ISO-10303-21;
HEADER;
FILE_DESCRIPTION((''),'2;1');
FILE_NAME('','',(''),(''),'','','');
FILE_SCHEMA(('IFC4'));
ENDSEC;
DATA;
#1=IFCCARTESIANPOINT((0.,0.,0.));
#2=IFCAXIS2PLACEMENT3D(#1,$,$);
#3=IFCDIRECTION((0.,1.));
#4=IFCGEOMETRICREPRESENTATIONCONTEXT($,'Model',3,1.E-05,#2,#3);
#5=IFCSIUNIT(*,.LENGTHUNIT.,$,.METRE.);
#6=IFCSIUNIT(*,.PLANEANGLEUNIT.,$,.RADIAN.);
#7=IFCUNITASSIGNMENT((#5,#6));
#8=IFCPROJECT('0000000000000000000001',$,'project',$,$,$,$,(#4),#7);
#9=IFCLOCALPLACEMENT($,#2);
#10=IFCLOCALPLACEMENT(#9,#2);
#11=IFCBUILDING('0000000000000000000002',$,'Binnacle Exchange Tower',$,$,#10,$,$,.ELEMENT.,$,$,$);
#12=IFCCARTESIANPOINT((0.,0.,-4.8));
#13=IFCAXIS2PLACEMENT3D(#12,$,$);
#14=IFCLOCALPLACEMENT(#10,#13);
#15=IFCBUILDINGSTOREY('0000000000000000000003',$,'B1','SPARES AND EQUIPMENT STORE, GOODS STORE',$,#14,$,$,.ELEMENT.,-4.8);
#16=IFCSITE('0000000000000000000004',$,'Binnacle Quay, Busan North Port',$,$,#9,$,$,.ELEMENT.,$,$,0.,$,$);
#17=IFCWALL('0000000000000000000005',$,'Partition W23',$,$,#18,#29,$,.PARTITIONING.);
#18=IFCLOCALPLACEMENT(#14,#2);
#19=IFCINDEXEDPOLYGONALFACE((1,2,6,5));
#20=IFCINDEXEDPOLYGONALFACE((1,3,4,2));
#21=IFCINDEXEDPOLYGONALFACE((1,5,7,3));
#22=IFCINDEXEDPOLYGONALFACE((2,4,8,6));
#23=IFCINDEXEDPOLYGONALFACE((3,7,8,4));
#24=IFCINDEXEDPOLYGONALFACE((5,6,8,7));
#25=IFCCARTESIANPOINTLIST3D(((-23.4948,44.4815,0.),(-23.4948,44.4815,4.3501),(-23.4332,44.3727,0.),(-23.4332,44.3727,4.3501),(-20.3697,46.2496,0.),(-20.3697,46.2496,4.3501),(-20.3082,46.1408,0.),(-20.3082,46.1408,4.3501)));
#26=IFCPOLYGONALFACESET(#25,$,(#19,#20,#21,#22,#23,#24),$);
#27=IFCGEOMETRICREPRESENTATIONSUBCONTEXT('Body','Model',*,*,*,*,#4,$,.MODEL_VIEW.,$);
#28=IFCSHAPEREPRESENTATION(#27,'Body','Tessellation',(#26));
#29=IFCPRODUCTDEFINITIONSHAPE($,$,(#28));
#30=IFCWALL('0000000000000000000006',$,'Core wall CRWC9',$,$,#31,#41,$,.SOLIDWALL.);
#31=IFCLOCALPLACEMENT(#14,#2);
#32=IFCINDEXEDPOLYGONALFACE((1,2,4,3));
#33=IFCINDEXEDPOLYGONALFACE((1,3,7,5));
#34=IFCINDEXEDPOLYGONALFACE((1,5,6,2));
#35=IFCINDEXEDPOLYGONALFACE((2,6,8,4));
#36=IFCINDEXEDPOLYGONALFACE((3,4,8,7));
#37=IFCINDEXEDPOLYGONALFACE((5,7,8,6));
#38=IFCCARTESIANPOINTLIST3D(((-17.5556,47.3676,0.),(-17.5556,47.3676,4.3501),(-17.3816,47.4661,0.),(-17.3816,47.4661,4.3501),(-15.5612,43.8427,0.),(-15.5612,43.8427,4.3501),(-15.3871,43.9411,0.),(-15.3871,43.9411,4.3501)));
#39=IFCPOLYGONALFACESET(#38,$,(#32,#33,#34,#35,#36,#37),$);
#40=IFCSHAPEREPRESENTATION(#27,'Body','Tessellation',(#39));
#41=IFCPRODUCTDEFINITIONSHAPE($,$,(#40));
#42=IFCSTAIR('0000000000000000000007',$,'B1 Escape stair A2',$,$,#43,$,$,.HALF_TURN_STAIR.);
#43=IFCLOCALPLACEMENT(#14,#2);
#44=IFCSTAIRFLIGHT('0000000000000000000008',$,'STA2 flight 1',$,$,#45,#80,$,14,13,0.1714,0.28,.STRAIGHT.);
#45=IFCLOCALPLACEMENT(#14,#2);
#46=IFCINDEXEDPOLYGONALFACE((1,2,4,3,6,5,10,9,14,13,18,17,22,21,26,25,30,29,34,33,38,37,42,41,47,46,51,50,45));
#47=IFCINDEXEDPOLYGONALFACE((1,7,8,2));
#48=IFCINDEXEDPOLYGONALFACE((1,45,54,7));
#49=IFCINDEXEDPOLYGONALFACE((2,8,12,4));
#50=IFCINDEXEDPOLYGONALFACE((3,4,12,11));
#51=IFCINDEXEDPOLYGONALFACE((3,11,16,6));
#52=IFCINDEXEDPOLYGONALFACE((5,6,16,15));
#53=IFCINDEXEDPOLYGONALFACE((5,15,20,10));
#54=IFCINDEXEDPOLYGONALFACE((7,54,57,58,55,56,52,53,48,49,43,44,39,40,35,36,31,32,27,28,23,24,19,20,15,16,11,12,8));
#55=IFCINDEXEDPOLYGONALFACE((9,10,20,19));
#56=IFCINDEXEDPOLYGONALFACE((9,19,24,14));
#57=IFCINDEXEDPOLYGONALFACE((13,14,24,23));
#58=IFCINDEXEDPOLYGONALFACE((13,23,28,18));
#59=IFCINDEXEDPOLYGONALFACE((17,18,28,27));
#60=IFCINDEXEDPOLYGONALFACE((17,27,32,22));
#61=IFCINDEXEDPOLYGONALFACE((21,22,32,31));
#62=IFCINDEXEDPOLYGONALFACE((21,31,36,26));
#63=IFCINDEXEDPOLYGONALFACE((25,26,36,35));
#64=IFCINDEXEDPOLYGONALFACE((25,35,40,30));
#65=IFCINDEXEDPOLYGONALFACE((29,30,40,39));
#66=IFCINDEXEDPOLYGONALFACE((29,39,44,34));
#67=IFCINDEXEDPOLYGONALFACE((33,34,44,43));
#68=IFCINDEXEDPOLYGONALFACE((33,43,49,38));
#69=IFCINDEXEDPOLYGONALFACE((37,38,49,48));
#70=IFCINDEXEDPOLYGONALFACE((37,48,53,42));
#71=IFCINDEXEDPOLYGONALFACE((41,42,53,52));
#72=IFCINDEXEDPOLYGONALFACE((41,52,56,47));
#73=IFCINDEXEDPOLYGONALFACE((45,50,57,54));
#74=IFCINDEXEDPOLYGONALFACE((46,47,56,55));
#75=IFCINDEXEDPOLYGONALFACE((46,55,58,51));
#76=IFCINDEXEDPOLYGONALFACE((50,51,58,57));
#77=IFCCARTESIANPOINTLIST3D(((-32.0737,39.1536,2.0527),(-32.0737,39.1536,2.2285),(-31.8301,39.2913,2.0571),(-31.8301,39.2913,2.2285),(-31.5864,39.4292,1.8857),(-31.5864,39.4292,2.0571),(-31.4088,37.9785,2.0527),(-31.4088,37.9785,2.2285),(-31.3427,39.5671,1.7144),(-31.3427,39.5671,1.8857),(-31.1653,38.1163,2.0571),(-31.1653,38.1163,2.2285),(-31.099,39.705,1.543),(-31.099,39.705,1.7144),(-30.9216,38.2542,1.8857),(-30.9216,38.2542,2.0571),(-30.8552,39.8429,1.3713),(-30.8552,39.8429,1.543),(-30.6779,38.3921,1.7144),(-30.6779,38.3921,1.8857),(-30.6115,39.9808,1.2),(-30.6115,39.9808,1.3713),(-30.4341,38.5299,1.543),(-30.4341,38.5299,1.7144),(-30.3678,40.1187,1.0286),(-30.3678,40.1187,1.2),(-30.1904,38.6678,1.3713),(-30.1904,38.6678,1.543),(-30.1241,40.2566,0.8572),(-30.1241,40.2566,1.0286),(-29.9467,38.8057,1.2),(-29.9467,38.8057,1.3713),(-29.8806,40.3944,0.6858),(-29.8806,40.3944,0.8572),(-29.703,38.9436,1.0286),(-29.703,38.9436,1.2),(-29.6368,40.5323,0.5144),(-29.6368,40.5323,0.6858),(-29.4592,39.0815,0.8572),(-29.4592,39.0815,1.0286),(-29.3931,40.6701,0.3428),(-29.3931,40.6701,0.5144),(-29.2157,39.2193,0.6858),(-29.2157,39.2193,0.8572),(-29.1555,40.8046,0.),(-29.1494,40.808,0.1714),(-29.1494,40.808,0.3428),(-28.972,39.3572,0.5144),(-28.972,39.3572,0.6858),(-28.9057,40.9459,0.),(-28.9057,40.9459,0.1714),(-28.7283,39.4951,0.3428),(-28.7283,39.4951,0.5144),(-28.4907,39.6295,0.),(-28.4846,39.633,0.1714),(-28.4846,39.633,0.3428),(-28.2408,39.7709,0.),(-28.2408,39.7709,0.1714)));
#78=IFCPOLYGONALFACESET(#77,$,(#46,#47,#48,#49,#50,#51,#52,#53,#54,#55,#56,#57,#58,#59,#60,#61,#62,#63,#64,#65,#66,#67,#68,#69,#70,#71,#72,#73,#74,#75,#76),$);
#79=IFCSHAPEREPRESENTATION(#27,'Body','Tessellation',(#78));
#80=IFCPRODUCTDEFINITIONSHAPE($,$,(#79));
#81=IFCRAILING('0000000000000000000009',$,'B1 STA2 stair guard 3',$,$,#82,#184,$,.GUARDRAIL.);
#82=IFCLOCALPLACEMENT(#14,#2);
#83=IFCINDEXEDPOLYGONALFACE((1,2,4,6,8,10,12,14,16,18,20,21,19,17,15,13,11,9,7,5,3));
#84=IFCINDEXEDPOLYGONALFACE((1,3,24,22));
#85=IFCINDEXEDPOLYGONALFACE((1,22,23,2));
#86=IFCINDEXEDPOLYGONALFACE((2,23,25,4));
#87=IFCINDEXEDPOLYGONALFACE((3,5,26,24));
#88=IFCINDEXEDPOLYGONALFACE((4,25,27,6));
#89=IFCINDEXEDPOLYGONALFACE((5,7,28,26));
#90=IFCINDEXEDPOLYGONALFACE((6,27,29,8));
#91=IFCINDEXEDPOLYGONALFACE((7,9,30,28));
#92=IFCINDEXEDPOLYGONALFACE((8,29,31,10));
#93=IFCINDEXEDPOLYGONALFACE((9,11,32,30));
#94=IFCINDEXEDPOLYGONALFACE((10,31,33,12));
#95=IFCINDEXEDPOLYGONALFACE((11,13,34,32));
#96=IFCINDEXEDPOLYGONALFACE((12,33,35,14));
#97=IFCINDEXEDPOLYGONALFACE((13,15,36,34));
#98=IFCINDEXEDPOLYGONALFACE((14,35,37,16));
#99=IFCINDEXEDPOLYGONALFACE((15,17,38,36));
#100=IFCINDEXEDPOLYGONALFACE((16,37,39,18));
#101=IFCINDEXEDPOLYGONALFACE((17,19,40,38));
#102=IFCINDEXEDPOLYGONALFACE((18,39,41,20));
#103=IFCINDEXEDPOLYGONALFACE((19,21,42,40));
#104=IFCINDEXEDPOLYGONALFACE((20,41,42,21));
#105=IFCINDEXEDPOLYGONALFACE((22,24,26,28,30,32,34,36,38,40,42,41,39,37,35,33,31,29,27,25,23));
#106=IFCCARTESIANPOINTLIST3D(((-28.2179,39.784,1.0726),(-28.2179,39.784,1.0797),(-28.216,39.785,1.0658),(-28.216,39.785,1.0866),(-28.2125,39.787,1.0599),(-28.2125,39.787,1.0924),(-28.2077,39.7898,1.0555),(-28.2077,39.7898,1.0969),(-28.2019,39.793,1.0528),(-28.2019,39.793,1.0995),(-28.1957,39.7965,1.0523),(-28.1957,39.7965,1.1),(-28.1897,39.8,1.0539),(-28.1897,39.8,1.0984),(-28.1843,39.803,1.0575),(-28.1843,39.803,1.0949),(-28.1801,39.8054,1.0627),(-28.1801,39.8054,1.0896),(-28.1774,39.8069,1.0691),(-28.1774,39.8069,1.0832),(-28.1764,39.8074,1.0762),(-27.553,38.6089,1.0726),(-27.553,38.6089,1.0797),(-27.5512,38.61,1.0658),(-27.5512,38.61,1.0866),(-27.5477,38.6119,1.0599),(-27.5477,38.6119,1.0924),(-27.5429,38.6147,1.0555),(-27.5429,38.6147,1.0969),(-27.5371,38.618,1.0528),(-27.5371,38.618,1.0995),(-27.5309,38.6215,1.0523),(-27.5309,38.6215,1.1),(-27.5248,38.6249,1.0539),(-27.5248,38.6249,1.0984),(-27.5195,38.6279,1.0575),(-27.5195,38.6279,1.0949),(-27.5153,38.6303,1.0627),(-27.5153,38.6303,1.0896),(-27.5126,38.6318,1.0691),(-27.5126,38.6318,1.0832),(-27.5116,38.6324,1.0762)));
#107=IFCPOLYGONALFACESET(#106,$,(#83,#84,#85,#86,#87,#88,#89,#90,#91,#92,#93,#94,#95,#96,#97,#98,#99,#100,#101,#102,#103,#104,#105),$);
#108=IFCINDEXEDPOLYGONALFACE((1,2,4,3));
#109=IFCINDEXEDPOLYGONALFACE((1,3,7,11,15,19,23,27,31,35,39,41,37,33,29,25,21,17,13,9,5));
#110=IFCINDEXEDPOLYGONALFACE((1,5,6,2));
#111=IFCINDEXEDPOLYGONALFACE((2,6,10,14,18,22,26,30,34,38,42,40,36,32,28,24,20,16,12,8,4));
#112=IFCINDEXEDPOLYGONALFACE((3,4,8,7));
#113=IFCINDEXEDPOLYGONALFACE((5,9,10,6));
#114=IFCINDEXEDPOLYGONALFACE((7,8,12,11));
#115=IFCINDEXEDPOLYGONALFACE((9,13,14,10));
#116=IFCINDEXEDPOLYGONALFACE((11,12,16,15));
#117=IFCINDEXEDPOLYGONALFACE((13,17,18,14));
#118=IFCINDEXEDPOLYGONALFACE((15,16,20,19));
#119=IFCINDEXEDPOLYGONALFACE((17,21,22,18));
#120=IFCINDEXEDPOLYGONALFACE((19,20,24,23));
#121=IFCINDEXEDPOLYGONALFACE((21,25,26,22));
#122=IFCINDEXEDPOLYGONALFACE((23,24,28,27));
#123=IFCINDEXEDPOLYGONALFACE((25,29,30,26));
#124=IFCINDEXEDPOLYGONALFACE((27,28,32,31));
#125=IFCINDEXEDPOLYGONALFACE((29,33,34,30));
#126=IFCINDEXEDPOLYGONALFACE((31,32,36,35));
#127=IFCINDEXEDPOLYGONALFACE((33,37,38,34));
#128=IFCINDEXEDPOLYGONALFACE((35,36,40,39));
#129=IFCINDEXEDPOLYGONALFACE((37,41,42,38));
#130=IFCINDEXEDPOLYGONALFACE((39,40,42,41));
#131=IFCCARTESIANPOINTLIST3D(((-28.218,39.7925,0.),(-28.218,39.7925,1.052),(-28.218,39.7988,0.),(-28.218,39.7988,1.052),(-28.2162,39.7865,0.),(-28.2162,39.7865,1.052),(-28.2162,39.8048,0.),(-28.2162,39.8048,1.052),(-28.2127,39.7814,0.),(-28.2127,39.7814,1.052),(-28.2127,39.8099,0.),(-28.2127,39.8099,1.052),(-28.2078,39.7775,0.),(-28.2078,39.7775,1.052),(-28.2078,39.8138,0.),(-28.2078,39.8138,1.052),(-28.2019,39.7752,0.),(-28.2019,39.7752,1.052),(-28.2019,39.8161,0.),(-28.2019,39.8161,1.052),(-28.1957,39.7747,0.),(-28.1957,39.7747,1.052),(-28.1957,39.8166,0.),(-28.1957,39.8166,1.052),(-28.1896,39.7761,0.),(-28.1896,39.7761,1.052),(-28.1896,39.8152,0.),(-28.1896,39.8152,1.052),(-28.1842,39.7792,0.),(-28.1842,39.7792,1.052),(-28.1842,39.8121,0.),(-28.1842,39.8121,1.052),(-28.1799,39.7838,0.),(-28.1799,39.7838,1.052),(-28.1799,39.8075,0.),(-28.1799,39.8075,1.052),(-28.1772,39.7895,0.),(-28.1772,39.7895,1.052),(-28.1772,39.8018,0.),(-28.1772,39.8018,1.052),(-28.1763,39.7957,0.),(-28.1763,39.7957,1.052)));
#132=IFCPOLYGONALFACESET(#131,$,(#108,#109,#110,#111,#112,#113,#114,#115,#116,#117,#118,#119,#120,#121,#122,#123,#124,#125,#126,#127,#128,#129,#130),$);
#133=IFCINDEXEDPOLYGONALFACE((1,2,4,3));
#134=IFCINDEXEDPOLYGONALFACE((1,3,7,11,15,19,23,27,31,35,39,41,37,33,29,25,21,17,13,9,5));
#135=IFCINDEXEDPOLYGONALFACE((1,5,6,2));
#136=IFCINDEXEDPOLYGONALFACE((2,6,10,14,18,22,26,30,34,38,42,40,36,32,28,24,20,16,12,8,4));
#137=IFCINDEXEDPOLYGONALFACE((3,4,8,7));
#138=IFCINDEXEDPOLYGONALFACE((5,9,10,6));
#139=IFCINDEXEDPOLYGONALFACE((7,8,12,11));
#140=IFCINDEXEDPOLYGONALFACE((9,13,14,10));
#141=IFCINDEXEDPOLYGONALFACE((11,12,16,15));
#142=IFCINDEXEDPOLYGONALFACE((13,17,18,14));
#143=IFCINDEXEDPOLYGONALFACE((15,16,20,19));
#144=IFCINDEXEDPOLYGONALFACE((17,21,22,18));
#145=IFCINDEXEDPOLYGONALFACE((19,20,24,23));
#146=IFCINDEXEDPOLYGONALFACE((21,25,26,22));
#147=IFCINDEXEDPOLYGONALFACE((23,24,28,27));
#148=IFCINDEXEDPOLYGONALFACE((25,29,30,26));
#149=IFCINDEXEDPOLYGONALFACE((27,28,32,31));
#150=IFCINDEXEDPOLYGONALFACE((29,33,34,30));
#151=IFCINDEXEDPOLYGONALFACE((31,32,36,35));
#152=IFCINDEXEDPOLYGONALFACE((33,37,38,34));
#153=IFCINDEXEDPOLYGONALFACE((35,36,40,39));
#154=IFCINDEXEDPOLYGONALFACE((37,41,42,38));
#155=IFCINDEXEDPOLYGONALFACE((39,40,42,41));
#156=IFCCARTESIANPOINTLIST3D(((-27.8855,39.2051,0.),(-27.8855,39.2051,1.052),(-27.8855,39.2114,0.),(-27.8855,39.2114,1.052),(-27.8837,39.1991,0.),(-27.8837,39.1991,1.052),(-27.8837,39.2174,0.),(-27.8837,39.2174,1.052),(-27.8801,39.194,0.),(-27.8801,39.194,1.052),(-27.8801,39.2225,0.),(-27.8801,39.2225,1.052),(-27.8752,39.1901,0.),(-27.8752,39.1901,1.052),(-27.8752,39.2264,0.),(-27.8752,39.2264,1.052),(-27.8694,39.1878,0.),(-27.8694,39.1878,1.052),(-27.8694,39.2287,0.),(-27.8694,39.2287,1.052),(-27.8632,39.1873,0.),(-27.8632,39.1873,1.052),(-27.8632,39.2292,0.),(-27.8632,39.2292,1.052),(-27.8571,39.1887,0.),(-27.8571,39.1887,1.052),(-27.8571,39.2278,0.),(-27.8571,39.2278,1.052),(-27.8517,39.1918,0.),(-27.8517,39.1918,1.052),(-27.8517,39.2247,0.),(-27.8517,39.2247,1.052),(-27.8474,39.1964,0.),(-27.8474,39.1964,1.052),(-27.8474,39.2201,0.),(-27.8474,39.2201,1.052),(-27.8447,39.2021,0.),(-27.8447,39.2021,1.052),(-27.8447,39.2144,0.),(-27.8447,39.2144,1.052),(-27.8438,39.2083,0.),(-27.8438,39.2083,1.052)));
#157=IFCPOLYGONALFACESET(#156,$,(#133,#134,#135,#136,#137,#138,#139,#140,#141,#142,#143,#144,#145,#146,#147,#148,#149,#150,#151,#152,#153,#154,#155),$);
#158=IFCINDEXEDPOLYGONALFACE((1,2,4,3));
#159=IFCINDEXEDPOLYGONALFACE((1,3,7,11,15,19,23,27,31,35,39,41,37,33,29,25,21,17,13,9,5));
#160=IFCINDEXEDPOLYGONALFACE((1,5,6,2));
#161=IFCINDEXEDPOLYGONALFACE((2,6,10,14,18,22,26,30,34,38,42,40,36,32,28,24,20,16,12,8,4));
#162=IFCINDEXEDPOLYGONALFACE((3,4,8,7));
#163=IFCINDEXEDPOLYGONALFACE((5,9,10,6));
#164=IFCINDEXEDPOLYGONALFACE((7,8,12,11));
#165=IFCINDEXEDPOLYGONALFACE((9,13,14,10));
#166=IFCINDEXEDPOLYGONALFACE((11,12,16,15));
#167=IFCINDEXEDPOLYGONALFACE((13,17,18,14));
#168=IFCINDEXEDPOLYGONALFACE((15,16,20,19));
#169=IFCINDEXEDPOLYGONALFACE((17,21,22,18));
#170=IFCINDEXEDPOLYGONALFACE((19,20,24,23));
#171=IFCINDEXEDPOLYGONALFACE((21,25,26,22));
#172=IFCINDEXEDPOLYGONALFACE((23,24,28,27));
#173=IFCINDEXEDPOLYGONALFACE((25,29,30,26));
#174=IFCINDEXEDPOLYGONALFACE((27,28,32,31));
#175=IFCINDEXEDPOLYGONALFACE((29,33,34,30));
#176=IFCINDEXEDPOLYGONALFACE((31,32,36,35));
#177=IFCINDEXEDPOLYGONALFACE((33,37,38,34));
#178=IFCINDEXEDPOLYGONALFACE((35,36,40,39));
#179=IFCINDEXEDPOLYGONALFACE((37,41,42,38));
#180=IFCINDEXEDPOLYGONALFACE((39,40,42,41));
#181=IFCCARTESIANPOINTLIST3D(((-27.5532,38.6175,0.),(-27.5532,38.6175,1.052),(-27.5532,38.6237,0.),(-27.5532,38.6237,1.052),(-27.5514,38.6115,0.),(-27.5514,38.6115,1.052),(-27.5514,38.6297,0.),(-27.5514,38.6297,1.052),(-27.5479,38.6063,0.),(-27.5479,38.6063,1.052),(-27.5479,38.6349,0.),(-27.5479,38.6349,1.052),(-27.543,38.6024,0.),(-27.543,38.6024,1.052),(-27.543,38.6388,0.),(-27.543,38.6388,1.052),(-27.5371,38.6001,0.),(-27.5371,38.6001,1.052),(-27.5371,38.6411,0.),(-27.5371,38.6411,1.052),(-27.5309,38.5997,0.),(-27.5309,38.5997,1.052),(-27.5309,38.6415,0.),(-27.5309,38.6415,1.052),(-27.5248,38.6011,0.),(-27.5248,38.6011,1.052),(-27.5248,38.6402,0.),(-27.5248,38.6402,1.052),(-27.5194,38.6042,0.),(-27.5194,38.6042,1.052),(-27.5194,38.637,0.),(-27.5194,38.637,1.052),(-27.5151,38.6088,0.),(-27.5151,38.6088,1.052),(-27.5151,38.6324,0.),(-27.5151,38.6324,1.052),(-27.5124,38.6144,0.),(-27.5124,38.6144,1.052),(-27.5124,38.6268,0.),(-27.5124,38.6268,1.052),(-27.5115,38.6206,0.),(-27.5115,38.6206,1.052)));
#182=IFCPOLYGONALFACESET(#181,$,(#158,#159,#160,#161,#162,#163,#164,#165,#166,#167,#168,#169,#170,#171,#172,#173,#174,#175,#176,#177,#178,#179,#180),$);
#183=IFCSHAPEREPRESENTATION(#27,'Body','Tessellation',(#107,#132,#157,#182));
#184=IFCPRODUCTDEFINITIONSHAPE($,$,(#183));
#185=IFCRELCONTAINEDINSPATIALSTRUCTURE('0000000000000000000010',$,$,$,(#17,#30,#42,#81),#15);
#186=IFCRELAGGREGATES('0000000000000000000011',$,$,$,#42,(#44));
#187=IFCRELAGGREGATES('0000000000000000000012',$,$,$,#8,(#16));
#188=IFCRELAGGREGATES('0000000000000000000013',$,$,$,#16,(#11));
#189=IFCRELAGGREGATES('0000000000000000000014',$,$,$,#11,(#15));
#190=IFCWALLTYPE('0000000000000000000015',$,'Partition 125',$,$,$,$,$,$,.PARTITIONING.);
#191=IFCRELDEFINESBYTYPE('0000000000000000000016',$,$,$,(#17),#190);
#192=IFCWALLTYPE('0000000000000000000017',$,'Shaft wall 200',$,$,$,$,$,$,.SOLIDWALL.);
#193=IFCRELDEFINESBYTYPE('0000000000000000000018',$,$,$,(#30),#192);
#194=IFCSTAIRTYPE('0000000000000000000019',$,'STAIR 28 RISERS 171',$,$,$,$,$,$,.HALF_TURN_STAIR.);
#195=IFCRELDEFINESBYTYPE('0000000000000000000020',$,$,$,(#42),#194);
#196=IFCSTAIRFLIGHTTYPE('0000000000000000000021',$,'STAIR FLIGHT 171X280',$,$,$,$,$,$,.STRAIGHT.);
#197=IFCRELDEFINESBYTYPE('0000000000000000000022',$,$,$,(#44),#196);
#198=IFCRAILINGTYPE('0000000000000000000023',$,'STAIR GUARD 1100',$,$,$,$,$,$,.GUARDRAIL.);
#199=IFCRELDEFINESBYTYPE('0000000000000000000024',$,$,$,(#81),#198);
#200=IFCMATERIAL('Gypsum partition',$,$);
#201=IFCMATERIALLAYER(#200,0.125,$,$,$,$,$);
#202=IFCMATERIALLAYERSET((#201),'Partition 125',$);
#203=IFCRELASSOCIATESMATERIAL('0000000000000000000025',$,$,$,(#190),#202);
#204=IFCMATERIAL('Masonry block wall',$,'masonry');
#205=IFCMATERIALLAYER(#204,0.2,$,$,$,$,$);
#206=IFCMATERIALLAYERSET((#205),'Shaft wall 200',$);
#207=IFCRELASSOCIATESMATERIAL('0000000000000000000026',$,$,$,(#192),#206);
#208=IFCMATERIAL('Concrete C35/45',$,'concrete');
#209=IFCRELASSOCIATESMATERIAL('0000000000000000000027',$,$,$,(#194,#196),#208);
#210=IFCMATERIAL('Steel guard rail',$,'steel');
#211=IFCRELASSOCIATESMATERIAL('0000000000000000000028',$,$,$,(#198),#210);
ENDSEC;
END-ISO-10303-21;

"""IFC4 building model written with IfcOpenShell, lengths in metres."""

from ifc_helpers import new_model, si_unit, direction, frame, frame_2d, origin, origin_2d, place, context, subcontext, project, spatial, polyline, rectangle, circle, outline, extrude, material, layer, layer_set, type_object, element, aggregate, save


model = new_model("IFC4")

# Units and contexts
model_context = context("Model", 3, precision=1e-05, world=origin(), true_north=direction((0.0, 1.0)))
body_context = subcontext(model_context, "Body", "Model", "MODEL_VIEW")
ifc_project = project(units=[si_unit("LENGTHUNIT", "METRE"), si_unit("PLANEANGLEUNIT", "RADIAN")], contexts=[model_context])

# Site, building, storey
site_placement = place(None, origin())
site = spatial("IfcSite", under=ifc_project, at=site_placement, Name="Binnacle Quay, Busan North Port", CompositionType="ELEMENT", RefElevation=0.0)
building_placement = place(site_placement, origin())
building = spatial("IfcBuilding", under=site, at=building_placement, Name="Binnacle Exchange Tower", CompositionType="ELEMENT")
storey_placement = place(building_placement, frame((0.0, 0.0, -4.8)))
storey = spatial("IfcBuildingStorey", under=building, at=storey_placement, Name="B1", Description="SPARES AND EQUIPMENT STORE, GOODS STORE", CompositionType="ELEMENT", Elevation=-4.8)

# Shared definitions
ifc_material_1 = material(Name="Gypsum partition")
ifc_layer_1 = layer(ifc_material_1, 0.125)
ifc_layer_set_1 = layer_set([ifc_layer_1], Name="Partition 125")
wall_type_1 = type_object("IfcWallType", Name="Partition 125", PredefinedType="PARTITIONING", material=ifc_layer_set_1)

# Walls
wall_1_placement = place(storey_placement, frame((-23.4641, 44.427, 0.0), z_axis=(0.0, 0.0, 1.0), x_axis=(0.870353, 0.492429, 0.0)))
element("IfcWall", 1, at=wall_1_placement, inside=storey, type_object=wall_type_1, Name="Partition W23", PredefinedType="PARTITIONING", context=body_context, shape_type="SweptSolid", body=[
    extrude(rectangle(XDim=3.5906, YDim=0.125, at=frame_2d((1.7954, 0.0))), origin(), (0.0, 0.0, 1.0), 4.3501),
])
ifc_material_2 = material(Name="Masonry block wall", Category="masonry")
ifc_layer_2 = layer(ifc_material_2, 0.2)
ifc_layer_set_2 = layer_set([ifc_layer_2], Name="Shaft wall 200")
wall_type_2 = type_object("IfcWallType", Name="Shaft wall 200", PredefinedType="SOLIDWALL", material=ifc_layer_set_2)
wall_2_placement = place(storey_placement, frame((-17.4685, 47.4167, 0.0), z_axis=(0.0, 0.0, 1.0), x_axis=(0.492441, -0.870346, 0.0)))
element("IfcWall", 2, at=wall_2_placement, inside=storey, type_object=wall_type_2, Name="Core wall CRWC9", PredefinedType="SOLIDWALL", context=body_context, shape_type="SweptSolid", body=[
    extrude(rectangle(XDim=4.05, YDim=0.2, at=frame_2d((2.0249, 0.0))), origin(), (0.0, 0.0, 1.0), 4.3501),
])

# Stair, stair flight
ifc_material_3 = material(Name="Concrete C35/45", Category="concrete")
stair_type = type_object("IfcStairType", Name="STAIR 28 RISERS 171", PredefinedType="HALF_TURN_STAIR", material=ifc_material_3)
stair_placement = place(storey_placement, origin())
stair = element("IfcStair", 3, at=stair_placement, inside=storey, type_object=stair_type, Name="B1 Escape stair A2", PredefinedType="HALF_TURN_STAIR")
stair_flight_type = type_object("IfcStairFlightType", Name="STAIR FLIGHT 171X280", PredefinedType="STRAIGHT", material=ifc_material_3)
stair_flight_placement = place(storey_placement, frame((-28.5732, 40.3584, 0.0), z_axis=(0.0, 0.0, 1.0), x_axis=(-0.870356, -0.492424, 0.0)))
stair_flight = element("IfcStairFlight", 4, at=stair_flight_placement, type_object=stair_flight_type, Name="STA2 flight 1", NumberOfRisers=14, NumberOfTreads=13, PredefinedType="STRAIGHT", RiserHeight=0.1714, TreadLength=0.28, context=body_context, shape_type="SweptSolid", body=[
    extrude(outline(polyline([(0.0, 0.0), (0.0, 0.1714), (0.28, 0.1714), (0.28, 0.3428), (0.5601, 0.3428), (0.5601, 0.5144), (0.8401, 0.5144), (0.8401, 0.6858), (1.1201, 0.6858), (1.1201, 0.8572), (1.3999, 0.8572), (1.3999, 1.0286), (1.6799, 1.0286), (1.6799, 1.2), (1.96, 1.2), (1.96, 1.3713), (2.24, 1.3713), (2.24, 1.543), (2.52, 1.543), (2.52, 1.7144), (2.8, 1.7144), (2.8, 1.8857), (3.0801, 1.8857), (3.0801, 2.0571), (3.3601, 2.0571), (3.3601, 2.2285), (3.6399, 2.2285), (3.6399, 2.3999), (3.6399, 2.0527), (0.2871, 0.0), (0.0, 0.0)])), frame((0.0, 0.675, 0.0), z_axis=(0.0, -1.0, 0.0), x_axis=(1.0, 0.0, 0.0)), (0.0, 0.0, 1.0), 1.3501),
])
aggregate(stair, [stair_flight])

# Railing
ifc_material_4 = material(Name="Steel guard rail", Category="steel")
railing_type_1 = type_object("IfcRailingType", Name="STAIR GUARD 1100", PredefinedType="GUARDRAIL", material=ifc_material_4)
railing_1_placement = place(storey_placement, frame((-28.1973, 39.7957, 0.0)))
element("IfcRailing", 5, at=railing_1_placement, inside=storey, type_object=railing_type_1, Name="B1 STA2 stair guard 3", PredefinedType="GUARDRAIL", context=body_context, shape_type="SweptSolid", body=[
    extrude(circle(Radius=0.0239, at=origin_2d()), frame((0.0, 0.0, 1.0762), z_axis=(0.492415, -0.870361, 0.0), x_axis=(0.870361, 0.492415, 0.0)), (0.0, 0.0, 1.0), 1.3501),
    extrude(circle(Radius=0.021, at=origin_2d()), origin(), (0.0, 0.0, 1.0), 1.052),
    extrude(circle(Radius=0.021, at=origin_2d()), frame((0.3325, -0.5874, 0.0)), (0.0, 0.0, 1.0), 1.052),
    extrude(circle(Radius=0.021, at=origin_2d()), frame((0.6648, -1.175, 0.0)), (0.0, 0.0, 1.0), 1.052),
])

save(model, "model.ifc")
